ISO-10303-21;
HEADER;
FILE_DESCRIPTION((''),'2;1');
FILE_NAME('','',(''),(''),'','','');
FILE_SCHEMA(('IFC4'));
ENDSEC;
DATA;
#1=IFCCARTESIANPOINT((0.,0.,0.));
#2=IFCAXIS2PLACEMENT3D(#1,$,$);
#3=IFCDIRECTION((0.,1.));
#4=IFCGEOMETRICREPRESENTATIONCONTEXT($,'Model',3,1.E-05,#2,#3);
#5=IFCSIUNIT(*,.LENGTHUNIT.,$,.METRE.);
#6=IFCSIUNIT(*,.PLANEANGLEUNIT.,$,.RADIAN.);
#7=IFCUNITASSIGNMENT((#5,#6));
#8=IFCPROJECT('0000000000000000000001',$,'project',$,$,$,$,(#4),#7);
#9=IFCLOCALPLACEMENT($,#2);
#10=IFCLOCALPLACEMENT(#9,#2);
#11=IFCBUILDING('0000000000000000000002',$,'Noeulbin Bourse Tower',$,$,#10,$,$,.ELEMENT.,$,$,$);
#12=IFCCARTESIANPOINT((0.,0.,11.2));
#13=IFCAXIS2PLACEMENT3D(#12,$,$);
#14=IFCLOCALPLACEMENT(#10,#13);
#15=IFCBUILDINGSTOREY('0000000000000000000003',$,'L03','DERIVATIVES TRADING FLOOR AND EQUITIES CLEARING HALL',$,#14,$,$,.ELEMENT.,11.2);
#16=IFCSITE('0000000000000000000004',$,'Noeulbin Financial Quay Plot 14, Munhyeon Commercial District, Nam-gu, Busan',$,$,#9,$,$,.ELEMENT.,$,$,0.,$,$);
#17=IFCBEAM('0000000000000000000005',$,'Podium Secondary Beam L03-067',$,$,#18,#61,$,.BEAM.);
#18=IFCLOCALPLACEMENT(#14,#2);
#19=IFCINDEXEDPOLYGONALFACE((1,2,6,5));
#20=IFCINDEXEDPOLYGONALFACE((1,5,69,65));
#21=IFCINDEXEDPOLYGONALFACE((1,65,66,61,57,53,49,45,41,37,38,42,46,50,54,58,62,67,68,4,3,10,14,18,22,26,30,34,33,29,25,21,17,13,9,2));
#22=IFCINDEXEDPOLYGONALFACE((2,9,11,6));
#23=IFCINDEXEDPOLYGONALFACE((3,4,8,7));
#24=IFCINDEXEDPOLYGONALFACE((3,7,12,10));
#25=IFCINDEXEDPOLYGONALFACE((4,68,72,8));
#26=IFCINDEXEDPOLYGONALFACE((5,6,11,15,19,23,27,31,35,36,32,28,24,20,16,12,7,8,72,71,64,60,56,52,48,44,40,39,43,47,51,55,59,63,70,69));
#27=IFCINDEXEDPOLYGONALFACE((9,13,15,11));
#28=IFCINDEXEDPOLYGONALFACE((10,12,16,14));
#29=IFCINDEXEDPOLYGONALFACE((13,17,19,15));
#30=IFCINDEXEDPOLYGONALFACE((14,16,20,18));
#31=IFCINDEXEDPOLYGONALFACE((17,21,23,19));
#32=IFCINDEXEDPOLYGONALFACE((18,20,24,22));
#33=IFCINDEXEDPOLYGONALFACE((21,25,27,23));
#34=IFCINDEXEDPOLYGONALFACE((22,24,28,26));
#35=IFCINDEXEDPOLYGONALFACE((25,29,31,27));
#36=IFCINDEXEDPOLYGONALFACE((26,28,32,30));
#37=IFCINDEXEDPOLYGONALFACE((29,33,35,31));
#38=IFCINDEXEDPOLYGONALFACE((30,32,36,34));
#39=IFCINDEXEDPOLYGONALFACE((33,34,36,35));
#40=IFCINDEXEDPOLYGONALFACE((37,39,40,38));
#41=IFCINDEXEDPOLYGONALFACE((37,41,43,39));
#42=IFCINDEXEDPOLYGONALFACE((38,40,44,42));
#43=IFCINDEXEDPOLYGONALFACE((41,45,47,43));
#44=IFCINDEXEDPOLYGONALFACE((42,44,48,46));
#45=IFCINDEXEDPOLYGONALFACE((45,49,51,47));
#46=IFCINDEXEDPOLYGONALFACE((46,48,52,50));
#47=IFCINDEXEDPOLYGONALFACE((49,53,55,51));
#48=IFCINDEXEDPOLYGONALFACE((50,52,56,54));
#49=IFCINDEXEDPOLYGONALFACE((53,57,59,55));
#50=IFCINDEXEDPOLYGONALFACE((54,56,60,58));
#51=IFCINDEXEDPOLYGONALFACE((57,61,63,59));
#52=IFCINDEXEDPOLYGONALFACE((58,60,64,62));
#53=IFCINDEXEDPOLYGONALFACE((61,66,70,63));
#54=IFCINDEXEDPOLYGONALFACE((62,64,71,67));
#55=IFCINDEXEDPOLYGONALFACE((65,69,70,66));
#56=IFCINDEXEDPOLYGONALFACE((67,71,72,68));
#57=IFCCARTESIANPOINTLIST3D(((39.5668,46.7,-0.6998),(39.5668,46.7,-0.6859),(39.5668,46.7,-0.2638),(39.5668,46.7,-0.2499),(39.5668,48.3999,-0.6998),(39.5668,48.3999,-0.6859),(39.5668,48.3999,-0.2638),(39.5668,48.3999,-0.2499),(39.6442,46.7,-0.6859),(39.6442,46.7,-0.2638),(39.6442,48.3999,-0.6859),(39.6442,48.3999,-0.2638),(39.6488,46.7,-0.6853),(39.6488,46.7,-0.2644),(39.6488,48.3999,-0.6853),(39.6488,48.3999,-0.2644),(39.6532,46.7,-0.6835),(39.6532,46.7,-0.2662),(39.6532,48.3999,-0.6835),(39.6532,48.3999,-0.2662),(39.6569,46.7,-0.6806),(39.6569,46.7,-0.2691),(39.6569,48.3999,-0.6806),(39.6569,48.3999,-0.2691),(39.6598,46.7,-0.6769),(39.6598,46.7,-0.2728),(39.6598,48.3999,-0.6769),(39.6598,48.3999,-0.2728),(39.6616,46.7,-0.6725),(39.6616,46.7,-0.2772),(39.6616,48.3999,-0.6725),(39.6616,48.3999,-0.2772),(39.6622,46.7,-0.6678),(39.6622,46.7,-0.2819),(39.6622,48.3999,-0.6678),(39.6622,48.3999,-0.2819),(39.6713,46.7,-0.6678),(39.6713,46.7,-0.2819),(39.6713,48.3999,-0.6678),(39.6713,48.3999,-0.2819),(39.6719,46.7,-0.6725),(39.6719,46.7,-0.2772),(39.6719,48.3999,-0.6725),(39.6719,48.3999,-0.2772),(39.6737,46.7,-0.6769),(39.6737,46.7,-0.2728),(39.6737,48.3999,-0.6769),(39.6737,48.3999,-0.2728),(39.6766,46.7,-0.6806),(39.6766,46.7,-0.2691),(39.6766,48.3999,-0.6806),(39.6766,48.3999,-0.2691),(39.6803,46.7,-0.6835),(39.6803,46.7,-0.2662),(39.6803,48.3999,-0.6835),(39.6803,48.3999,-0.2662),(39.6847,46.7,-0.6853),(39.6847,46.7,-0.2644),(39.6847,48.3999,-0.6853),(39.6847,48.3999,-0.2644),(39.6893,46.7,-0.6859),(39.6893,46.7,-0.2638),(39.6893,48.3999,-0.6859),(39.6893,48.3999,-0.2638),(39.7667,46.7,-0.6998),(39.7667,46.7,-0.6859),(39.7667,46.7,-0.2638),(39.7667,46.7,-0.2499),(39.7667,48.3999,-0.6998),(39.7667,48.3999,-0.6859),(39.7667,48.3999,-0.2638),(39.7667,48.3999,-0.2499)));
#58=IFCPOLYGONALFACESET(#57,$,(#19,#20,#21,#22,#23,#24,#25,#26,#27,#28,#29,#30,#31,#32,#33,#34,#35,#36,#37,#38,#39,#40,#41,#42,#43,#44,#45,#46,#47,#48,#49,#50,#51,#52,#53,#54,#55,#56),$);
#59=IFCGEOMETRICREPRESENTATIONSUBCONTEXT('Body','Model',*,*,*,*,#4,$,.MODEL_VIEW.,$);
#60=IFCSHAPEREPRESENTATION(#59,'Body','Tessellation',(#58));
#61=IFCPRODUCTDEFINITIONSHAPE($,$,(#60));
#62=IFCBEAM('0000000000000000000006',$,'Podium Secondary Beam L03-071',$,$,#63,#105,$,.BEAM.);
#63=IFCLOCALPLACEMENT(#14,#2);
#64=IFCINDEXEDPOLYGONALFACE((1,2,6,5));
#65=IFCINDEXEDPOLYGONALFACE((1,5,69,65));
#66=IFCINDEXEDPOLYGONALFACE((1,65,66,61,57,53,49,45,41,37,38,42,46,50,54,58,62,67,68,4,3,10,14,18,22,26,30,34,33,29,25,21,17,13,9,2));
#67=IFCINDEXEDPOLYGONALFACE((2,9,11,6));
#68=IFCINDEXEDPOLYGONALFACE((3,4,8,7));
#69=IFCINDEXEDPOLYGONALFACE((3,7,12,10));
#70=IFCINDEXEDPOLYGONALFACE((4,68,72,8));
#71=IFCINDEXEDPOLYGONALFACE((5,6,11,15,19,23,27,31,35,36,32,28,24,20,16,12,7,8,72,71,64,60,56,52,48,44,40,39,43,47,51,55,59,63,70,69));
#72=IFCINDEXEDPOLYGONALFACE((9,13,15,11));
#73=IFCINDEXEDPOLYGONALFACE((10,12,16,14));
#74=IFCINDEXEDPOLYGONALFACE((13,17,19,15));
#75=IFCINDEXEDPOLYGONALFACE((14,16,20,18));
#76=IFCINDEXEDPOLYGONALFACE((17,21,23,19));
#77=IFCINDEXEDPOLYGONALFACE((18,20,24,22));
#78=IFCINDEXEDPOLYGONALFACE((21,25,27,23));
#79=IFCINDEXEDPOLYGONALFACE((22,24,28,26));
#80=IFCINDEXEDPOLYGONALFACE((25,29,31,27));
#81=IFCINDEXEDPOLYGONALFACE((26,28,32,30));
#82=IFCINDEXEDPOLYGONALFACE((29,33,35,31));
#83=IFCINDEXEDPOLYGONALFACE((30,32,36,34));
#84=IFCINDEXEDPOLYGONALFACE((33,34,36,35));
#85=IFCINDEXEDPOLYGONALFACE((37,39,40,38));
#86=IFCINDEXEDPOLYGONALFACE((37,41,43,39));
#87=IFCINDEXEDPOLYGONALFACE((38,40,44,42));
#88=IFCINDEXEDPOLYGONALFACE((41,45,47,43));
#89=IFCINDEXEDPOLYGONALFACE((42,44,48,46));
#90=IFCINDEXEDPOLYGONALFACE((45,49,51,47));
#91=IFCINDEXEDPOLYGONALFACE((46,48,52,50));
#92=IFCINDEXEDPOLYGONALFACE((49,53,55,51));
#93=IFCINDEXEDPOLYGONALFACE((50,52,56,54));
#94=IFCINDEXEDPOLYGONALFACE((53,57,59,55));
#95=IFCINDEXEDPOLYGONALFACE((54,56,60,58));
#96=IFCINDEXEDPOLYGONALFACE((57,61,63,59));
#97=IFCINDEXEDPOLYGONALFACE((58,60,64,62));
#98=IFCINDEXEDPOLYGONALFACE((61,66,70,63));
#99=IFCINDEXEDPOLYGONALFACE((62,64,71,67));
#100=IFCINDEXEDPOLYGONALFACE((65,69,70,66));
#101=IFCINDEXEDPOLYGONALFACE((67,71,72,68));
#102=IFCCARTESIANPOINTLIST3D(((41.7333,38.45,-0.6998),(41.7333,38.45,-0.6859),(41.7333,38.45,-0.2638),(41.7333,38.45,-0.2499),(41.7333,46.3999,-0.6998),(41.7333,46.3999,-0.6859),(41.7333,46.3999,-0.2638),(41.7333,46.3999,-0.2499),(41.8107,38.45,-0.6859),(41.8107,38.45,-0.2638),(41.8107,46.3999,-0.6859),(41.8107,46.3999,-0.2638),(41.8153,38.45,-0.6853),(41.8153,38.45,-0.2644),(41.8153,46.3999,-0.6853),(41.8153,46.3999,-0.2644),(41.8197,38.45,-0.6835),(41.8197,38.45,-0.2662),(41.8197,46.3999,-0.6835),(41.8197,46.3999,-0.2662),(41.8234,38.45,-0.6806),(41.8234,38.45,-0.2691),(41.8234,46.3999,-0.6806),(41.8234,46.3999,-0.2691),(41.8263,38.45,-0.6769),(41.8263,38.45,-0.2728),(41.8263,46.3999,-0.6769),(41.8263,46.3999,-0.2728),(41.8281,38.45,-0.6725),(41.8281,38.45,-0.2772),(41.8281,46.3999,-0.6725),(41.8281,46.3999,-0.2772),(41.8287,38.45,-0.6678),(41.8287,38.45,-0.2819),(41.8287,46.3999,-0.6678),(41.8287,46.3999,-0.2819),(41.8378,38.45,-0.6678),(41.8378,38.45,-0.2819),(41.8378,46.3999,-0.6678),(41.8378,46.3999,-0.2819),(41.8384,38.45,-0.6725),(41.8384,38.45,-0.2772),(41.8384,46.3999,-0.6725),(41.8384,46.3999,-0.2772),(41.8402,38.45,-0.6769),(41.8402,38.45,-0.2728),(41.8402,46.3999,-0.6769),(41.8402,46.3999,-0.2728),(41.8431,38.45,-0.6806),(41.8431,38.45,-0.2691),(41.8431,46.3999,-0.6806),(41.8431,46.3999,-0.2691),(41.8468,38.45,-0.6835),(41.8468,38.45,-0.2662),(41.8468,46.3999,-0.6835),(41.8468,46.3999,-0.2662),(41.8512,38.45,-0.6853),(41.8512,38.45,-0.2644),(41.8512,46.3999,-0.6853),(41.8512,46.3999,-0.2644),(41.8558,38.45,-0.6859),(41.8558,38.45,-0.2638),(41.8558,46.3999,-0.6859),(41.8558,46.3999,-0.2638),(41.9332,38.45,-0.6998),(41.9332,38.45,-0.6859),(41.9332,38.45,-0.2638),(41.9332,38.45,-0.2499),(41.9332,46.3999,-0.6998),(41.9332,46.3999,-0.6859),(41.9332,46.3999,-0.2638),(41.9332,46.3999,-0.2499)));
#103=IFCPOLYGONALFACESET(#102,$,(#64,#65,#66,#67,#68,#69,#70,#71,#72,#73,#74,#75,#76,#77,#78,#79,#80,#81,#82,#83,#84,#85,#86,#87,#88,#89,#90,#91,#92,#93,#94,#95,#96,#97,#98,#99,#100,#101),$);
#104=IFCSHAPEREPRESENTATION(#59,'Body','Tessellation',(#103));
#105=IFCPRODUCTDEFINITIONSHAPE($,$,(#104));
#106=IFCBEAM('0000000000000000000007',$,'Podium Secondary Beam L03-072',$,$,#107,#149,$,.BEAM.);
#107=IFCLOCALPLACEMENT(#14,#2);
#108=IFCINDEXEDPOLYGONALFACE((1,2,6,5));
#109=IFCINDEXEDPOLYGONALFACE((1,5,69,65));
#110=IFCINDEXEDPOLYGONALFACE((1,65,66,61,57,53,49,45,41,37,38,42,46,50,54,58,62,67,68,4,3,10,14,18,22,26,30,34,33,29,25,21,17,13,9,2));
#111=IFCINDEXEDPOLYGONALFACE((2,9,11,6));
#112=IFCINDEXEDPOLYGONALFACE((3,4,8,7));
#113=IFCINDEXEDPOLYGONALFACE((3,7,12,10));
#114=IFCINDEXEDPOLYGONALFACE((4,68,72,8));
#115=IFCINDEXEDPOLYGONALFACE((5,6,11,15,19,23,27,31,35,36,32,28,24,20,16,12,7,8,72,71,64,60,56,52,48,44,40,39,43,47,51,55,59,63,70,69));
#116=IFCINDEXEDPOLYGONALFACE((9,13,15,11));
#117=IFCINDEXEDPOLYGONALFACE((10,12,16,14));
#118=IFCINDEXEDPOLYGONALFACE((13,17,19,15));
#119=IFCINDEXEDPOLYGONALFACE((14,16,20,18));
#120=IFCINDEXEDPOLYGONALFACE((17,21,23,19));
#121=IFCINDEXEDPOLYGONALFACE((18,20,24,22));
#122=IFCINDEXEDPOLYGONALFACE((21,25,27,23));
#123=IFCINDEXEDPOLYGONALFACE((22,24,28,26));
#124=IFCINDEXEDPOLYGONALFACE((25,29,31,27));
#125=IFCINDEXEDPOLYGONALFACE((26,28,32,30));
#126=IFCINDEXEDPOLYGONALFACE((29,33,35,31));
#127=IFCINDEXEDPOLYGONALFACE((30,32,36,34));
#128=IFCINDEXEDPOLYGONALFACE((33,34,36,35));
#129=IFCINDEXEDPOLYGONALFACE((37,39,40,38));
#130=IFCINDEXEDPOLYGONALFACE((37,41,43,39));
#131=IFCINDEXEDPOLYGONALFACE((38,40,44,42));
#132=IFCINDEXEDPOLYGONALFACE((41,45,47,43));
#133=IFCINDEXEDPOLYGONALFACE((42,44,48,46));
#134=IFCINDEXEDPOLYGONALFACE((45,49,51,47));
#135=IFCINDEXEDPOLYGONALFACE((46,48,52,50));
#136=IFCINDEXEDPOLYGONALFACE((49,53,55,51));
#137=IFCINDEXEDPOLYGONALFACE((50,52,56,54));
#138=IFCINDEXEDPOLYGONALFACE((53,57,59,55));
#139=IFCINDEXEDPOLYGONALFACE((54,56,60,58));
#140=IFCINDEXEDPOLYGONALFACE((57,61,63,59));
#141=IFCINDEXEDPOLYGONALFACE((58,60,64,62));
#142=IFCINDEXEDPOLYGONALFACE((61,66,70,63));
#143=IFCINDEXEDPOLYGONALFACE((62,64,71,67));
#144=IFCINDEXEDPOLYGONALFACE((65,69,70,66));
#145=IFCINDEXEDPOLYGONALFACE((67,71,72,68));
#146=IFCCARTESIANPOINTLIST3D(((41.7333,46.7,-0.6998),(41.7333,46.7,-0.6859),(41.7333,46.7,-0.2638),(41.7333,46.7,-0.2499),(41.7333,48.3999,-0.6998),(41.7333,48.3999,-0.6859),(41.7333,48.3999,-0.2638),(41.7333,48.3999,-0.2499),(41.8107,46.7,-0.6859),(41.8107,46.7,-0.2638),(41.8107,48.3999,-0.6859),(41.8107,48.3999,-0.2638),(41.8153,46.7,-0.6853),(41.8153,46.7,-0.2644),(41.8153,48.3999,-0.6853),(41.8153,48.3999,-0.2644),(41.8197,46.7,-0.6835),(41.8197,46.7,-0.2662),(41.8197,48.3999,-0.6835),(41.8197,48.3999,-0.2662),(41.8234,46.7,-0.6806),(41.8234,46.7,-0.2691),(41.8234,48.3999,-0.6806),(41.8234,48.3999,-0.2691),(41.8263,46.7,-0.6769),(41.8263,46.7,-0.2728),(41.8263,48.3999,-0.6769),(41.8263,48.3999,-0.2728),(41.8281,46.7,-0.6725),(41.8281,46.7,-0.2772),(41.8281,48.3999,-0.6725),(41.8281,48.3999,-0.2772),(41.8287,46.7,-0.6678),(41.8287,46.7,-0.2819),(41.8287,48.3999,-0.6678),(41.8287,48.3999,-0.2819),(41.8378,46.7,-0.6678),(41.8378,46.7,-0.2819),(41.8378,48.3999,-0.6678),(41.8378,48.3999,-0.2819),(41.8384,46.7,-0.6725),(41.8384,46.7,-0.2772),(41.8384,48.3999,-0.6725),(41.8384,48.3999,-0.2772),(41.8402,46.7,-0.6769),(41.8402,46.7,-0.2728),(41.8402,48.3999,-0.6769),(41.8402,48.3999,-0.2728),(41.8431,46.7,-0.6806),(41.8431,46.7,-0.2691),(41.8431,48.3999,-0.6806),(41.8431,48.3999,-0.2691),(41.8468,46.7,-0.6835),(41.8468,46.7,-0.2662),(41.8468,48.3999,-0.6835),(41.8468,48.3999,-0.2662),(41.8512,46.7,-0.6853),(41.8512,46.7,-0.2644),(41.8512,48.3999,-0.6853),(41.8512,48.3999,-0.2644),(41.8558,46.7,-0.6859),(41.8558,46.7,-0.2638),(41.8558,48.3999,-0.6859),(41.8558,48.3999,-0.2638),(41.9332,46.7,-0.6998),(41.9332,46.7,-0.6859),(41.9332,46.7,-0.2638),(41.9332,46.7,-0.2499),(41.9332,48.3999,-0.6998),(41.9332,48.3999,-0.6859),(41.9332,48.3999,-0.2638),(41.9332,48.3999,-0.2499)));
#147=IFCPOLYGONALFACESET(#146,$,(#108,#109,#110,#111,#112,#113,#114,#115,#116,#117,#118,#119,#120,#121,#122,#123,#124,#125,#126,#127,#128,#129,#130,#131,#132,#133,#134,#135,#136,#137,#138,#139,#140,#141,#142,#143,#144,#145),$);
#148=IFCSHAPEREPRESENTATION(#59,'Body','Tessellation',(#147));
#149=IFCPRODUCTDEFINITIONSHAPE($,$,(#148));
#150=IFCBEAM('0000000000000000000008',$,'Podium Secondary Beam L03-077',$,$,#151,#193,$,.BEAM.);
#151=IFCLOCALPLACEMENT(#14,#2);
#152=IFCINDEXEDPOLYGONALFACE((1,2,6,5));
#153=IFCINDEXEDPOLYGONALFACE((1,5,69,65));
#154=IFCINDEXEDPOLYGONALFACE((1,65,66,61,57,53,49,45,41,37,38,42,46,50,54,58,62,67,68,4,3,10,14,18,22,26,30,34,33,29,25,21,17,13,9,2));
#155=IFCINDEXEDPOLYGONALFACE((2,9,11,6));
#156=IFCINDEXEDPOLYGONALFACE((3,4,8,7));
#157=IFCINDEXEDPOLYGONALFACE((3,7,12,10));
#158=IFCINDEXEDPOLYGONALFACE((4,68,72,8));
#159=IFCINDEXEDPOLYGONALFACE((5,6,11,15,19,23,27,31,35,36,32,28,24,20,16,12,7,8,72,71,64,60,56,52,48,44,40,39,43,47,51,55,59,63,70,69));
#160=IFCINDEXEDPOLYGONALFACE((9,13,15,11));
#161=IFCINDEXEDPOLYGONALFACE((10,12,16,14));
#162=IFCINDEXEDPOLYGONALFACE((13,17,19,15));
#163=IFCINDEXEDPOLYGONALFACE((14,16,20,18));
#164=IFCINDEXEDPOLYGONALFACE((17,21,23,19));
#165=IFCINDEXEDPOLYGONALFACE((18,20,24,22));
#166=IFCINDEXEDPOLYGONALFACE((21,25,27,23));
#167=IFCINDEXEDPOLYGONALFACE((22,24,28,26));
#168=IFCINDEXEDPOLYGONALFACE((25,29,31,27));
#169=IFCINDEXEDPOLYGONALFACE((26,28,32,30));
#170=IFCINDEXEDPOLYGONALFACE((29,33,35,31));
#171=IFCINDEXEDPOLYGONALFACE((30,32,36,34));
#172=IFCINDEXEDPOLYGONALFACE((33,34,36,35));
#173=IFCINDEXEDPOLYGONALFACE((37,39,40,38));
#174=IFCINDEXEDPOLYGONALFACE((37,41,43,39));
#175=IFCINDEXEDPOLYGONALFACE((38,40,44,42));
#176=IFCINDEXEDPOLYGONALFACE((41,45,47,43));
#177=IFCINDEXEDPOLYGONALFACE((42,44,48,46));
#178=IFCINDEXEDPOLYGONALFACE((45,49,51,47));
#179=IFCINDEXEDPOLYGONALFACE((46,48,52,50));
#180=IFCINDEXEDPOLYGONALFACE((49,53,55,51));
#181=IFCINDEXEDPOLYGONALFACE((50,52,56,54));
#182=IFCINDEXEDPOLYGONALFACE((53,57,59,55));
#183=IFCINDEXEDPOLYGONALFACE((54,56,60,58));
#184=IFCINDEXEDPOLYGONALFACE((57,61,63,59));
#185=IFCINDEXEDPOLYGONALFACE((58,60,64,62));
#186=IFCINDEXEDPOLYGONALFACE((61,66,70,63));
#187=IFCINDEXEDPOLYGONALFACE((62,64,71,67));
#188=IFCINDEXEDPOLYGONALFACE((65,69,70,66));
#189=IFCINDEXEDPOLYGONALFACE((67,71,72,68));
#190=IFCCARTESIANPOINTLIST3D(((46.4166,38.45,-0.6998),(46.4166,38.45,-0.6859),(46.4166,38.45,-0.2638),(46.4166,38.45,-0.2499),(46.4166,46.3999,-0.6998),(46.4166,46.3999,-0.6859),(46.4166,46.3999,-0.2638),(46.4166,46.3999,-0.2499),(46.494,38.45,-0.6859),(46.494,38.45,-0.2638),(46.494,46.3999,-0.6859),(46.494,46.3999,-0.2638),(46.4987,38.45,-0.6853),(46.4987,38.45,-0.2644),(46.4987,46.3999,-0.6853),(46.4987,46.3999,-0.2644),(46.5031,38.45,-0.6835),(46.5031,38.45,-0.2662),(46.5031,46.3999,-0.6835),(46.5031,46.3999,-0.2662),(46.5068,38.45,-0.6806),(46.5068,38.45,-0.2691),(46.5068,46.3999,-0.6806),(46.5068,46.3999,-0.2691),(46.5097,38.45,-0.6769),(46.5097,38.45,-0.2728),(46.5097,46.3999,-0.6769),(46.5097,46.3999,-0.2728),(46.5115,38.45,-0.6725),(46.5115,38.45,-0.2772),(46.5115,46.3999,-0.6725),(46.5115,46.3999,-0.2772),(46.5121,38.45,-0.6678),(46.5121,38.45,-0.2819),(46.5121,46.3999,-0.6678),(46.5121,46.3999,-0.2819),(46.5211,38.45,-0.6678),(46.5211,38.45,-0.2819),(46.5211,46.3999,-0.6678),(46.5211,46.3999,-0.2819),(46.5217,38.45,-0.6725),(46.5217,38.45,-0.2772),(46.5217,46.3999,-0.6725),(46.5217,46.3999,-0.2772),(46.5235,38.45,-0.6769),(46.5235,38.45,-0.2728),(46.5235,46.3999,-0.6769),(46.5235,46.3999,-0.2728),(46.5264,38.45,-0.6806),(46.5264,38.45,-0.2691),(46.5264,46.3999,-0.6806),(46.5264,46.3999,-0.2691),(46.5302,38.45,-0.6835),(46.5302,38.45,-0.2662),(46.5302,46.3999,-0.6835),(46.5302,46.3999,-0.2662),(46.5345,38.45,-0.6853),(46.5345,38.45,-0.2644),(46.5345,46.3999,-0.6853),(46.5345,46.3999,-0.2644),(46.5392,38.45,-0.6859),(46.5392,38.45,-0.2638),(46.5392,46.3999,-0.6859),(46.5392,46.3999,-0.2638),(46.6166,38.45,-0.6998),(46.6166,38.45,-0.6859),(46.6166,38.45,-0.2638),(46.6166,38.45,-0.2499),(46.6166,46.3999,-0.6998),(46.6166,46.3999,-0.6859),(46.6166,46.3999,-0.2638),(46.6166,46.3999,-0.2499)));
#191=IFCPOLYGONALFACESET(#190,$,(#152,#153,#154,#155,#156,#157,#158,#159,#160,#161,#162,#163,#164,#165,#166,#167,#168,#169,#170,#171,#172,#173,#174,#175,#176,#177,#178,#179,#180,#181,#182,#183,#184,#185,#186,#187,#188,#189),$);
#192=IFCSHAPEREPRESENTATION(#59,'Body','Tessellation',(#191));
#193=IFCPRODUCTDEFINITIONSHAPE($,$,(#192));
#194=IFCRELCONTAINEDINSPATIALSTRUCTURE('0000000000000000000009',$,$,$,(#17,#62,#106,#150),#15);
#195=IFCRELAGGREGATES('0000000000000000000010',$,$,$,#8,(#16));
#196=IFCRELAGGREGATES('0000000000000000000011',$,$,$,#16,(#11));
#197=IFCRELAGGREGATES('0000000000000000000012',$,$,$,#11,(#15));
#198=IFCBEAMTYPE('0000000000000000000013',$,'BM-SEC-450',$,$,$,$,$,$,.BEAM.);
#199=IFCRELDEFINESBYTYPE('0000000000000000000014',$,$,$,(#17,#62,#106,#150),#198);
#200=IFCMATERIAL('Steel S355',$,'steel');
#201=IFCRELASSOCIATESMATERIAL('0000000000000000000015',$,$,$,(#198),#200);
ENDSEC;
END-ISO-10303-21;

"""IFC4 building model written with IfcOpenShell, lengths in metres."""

from ifc_helpers import new_model, si_unit, direction, frame, origin, origin_2d, place, context, subcontext, project, spatial, i_section, extrude, material, material_profile, profile_set, type_object, element, save


model = new_model("IFC4")

# Units and contexts
model_context = context("Model", 3, precision=1e-05, world=origin(), true_north=direction((0.0, 1.0)))
body_context = subcontext(model_context, "Body", "Model", "MODEL_VIEW")
ifc_project = project(units=[si_unit("LENGTHUNIT", "METRE"), si_unit("PLANEANGLEUNIT", "RADIAN")], contexts=[model_context])

# Site, building, storey
site_placement = place(None, origin())
site = spatial("IfcSite", under=ifc_project, at=site_placement, Name="Noeulbin Financial Quay Plot 14, Munhyeon Commercial District, Nam-gu, Busan", CompositionType="ELEMENT", RefElevation=0.0)
building_placement = place(site_placement, origin())
building = spatial("IfcBuilding", under=site, at=building_placement, Name="Noeulbin Bourse Tower", CompositionType="ELEMENT")
storey_placement = place(building_placement, frame((0.0, 0.0, 11.2)))
storey = spatial("IfcBuildingStorey", under=building, at=storey_placement, Name="L03", Description="DERIVATIVES TRADING FLOOR AND EQUITIES CLEARING HALL", CompositionType="ELEMENT", Elevation=11.2)

# Beams
ifc_material_1 = material(Name="Steel S355", Category="steel")
ifc_material_profile_1 = material_profile(ifc_material_1, i_section(OverallWidth=0.2, OverallDepth=0.45, WebThickness=0.009, FlangeThickness=0.0139, FilletRadius=0.0181, at=origin_2d()), Name="H-450x200x9x14", Category="LoadBearing")
ifc_profile_set_1 = profile_set([ifc_material_profile_1], Name="Steel S355")
beam_type_1 = type_object("IfcBeamType", Name="BM-SEC-450", PredefinedType="BEAM", material=ifc_profile_set_1)
beam_1_placement = place(storey_placement, frame((39.6667, 46.7, -0.4749), z_axis=(0.0, 1.0, 0.0), x_axis=(-1.0, 0.0, 0.0)))
element("IfcBeam", 1, at=beam_1_placement, inside=storey, type_object=beam_type_1, Name="Podium Secondary Beam L03-067", PredefinedType="BEAM", context=body_context, shape_type="SweptSolid", body=[
    extrude(i_section(OverallWidth=0.2, OverallDepth=0.45, WebThickness=0.009, FlangeThickness=0.0139, FilletRadius=0.0181, at=origin_2d()), origin(), (0.0, 0.0, 1.0), 1.7),
])
beam_2_placement = place(storey_placement, frame((41.8333, 38.45, -0.4749), z_axis=(0.0, 1.0, 0.0), x_axis=(-1.0, 0.0, 0.0)))
element("IfcBeam", 2, at=beam_2_placement, inside=storey, type_object=beam_type_1, Name="Podium Secondary Beam L03-071", PredefinedType="BEAM", context=body_context, shape_type="SweptSolid", body=[
    extrude(i_section(OverallWidth=0.2, OverallDepth=0.45, WebThickness=0.009, FlangeThickness=0.0139, FilletRadius=0.0181, at=origin_2d()), origin(), (0.0, 0.0, 1.0), 7.95),
])
beam_3_placement = place(storey_placement, frame((41.8333, 46.7, -0.4749), z_axis=(0.0, 1.0, 0.0), x_axis=(-1.0, 0.0, 0.0)))
element("IfcBeam", 3, at=beam_3_placement, inside=storey, type_object=beam_type_1, Name="Podium Secondary Beam L03-072", PredefinedType="BEAM", context=body_context, shape_type="SweptSolid", body=[
    extrude(i_section(OverallWidth=0.2, OverallDepth=0.45, WebThickness=0.009, FlangeThickness=0.0139, FilletRadius=0.0181, at=origin_2d()), origin(), (0.0, 0.0, 1.0), 1.7),
])
beam_4_placement = place(storey_placement, frame((46.5166, 38.45, -0.4749), z_axis=(0.0, 1.0, 0.0), x_axis=(-1.0, 0.0, 0.0)))
element("IfcBeam", 4, at=beam_4_placement, inside=storey, type_object=beam_type_1, Name="Podium Secondary Beam L03-077", PredefinedType="BEAM", context=body_context, shape_type="SweptSolid", body=[
    extrude(i_section(OverallWidth=0.2, OverallDepth=0.45, WebThickness=0.009, FlangeThickness=0.0139, FilletRadius=0.0181, at=origin_2d()), origin(), (0.0, 0.0, 1.0), 7.95),
])

save(model, "model.ifc")
